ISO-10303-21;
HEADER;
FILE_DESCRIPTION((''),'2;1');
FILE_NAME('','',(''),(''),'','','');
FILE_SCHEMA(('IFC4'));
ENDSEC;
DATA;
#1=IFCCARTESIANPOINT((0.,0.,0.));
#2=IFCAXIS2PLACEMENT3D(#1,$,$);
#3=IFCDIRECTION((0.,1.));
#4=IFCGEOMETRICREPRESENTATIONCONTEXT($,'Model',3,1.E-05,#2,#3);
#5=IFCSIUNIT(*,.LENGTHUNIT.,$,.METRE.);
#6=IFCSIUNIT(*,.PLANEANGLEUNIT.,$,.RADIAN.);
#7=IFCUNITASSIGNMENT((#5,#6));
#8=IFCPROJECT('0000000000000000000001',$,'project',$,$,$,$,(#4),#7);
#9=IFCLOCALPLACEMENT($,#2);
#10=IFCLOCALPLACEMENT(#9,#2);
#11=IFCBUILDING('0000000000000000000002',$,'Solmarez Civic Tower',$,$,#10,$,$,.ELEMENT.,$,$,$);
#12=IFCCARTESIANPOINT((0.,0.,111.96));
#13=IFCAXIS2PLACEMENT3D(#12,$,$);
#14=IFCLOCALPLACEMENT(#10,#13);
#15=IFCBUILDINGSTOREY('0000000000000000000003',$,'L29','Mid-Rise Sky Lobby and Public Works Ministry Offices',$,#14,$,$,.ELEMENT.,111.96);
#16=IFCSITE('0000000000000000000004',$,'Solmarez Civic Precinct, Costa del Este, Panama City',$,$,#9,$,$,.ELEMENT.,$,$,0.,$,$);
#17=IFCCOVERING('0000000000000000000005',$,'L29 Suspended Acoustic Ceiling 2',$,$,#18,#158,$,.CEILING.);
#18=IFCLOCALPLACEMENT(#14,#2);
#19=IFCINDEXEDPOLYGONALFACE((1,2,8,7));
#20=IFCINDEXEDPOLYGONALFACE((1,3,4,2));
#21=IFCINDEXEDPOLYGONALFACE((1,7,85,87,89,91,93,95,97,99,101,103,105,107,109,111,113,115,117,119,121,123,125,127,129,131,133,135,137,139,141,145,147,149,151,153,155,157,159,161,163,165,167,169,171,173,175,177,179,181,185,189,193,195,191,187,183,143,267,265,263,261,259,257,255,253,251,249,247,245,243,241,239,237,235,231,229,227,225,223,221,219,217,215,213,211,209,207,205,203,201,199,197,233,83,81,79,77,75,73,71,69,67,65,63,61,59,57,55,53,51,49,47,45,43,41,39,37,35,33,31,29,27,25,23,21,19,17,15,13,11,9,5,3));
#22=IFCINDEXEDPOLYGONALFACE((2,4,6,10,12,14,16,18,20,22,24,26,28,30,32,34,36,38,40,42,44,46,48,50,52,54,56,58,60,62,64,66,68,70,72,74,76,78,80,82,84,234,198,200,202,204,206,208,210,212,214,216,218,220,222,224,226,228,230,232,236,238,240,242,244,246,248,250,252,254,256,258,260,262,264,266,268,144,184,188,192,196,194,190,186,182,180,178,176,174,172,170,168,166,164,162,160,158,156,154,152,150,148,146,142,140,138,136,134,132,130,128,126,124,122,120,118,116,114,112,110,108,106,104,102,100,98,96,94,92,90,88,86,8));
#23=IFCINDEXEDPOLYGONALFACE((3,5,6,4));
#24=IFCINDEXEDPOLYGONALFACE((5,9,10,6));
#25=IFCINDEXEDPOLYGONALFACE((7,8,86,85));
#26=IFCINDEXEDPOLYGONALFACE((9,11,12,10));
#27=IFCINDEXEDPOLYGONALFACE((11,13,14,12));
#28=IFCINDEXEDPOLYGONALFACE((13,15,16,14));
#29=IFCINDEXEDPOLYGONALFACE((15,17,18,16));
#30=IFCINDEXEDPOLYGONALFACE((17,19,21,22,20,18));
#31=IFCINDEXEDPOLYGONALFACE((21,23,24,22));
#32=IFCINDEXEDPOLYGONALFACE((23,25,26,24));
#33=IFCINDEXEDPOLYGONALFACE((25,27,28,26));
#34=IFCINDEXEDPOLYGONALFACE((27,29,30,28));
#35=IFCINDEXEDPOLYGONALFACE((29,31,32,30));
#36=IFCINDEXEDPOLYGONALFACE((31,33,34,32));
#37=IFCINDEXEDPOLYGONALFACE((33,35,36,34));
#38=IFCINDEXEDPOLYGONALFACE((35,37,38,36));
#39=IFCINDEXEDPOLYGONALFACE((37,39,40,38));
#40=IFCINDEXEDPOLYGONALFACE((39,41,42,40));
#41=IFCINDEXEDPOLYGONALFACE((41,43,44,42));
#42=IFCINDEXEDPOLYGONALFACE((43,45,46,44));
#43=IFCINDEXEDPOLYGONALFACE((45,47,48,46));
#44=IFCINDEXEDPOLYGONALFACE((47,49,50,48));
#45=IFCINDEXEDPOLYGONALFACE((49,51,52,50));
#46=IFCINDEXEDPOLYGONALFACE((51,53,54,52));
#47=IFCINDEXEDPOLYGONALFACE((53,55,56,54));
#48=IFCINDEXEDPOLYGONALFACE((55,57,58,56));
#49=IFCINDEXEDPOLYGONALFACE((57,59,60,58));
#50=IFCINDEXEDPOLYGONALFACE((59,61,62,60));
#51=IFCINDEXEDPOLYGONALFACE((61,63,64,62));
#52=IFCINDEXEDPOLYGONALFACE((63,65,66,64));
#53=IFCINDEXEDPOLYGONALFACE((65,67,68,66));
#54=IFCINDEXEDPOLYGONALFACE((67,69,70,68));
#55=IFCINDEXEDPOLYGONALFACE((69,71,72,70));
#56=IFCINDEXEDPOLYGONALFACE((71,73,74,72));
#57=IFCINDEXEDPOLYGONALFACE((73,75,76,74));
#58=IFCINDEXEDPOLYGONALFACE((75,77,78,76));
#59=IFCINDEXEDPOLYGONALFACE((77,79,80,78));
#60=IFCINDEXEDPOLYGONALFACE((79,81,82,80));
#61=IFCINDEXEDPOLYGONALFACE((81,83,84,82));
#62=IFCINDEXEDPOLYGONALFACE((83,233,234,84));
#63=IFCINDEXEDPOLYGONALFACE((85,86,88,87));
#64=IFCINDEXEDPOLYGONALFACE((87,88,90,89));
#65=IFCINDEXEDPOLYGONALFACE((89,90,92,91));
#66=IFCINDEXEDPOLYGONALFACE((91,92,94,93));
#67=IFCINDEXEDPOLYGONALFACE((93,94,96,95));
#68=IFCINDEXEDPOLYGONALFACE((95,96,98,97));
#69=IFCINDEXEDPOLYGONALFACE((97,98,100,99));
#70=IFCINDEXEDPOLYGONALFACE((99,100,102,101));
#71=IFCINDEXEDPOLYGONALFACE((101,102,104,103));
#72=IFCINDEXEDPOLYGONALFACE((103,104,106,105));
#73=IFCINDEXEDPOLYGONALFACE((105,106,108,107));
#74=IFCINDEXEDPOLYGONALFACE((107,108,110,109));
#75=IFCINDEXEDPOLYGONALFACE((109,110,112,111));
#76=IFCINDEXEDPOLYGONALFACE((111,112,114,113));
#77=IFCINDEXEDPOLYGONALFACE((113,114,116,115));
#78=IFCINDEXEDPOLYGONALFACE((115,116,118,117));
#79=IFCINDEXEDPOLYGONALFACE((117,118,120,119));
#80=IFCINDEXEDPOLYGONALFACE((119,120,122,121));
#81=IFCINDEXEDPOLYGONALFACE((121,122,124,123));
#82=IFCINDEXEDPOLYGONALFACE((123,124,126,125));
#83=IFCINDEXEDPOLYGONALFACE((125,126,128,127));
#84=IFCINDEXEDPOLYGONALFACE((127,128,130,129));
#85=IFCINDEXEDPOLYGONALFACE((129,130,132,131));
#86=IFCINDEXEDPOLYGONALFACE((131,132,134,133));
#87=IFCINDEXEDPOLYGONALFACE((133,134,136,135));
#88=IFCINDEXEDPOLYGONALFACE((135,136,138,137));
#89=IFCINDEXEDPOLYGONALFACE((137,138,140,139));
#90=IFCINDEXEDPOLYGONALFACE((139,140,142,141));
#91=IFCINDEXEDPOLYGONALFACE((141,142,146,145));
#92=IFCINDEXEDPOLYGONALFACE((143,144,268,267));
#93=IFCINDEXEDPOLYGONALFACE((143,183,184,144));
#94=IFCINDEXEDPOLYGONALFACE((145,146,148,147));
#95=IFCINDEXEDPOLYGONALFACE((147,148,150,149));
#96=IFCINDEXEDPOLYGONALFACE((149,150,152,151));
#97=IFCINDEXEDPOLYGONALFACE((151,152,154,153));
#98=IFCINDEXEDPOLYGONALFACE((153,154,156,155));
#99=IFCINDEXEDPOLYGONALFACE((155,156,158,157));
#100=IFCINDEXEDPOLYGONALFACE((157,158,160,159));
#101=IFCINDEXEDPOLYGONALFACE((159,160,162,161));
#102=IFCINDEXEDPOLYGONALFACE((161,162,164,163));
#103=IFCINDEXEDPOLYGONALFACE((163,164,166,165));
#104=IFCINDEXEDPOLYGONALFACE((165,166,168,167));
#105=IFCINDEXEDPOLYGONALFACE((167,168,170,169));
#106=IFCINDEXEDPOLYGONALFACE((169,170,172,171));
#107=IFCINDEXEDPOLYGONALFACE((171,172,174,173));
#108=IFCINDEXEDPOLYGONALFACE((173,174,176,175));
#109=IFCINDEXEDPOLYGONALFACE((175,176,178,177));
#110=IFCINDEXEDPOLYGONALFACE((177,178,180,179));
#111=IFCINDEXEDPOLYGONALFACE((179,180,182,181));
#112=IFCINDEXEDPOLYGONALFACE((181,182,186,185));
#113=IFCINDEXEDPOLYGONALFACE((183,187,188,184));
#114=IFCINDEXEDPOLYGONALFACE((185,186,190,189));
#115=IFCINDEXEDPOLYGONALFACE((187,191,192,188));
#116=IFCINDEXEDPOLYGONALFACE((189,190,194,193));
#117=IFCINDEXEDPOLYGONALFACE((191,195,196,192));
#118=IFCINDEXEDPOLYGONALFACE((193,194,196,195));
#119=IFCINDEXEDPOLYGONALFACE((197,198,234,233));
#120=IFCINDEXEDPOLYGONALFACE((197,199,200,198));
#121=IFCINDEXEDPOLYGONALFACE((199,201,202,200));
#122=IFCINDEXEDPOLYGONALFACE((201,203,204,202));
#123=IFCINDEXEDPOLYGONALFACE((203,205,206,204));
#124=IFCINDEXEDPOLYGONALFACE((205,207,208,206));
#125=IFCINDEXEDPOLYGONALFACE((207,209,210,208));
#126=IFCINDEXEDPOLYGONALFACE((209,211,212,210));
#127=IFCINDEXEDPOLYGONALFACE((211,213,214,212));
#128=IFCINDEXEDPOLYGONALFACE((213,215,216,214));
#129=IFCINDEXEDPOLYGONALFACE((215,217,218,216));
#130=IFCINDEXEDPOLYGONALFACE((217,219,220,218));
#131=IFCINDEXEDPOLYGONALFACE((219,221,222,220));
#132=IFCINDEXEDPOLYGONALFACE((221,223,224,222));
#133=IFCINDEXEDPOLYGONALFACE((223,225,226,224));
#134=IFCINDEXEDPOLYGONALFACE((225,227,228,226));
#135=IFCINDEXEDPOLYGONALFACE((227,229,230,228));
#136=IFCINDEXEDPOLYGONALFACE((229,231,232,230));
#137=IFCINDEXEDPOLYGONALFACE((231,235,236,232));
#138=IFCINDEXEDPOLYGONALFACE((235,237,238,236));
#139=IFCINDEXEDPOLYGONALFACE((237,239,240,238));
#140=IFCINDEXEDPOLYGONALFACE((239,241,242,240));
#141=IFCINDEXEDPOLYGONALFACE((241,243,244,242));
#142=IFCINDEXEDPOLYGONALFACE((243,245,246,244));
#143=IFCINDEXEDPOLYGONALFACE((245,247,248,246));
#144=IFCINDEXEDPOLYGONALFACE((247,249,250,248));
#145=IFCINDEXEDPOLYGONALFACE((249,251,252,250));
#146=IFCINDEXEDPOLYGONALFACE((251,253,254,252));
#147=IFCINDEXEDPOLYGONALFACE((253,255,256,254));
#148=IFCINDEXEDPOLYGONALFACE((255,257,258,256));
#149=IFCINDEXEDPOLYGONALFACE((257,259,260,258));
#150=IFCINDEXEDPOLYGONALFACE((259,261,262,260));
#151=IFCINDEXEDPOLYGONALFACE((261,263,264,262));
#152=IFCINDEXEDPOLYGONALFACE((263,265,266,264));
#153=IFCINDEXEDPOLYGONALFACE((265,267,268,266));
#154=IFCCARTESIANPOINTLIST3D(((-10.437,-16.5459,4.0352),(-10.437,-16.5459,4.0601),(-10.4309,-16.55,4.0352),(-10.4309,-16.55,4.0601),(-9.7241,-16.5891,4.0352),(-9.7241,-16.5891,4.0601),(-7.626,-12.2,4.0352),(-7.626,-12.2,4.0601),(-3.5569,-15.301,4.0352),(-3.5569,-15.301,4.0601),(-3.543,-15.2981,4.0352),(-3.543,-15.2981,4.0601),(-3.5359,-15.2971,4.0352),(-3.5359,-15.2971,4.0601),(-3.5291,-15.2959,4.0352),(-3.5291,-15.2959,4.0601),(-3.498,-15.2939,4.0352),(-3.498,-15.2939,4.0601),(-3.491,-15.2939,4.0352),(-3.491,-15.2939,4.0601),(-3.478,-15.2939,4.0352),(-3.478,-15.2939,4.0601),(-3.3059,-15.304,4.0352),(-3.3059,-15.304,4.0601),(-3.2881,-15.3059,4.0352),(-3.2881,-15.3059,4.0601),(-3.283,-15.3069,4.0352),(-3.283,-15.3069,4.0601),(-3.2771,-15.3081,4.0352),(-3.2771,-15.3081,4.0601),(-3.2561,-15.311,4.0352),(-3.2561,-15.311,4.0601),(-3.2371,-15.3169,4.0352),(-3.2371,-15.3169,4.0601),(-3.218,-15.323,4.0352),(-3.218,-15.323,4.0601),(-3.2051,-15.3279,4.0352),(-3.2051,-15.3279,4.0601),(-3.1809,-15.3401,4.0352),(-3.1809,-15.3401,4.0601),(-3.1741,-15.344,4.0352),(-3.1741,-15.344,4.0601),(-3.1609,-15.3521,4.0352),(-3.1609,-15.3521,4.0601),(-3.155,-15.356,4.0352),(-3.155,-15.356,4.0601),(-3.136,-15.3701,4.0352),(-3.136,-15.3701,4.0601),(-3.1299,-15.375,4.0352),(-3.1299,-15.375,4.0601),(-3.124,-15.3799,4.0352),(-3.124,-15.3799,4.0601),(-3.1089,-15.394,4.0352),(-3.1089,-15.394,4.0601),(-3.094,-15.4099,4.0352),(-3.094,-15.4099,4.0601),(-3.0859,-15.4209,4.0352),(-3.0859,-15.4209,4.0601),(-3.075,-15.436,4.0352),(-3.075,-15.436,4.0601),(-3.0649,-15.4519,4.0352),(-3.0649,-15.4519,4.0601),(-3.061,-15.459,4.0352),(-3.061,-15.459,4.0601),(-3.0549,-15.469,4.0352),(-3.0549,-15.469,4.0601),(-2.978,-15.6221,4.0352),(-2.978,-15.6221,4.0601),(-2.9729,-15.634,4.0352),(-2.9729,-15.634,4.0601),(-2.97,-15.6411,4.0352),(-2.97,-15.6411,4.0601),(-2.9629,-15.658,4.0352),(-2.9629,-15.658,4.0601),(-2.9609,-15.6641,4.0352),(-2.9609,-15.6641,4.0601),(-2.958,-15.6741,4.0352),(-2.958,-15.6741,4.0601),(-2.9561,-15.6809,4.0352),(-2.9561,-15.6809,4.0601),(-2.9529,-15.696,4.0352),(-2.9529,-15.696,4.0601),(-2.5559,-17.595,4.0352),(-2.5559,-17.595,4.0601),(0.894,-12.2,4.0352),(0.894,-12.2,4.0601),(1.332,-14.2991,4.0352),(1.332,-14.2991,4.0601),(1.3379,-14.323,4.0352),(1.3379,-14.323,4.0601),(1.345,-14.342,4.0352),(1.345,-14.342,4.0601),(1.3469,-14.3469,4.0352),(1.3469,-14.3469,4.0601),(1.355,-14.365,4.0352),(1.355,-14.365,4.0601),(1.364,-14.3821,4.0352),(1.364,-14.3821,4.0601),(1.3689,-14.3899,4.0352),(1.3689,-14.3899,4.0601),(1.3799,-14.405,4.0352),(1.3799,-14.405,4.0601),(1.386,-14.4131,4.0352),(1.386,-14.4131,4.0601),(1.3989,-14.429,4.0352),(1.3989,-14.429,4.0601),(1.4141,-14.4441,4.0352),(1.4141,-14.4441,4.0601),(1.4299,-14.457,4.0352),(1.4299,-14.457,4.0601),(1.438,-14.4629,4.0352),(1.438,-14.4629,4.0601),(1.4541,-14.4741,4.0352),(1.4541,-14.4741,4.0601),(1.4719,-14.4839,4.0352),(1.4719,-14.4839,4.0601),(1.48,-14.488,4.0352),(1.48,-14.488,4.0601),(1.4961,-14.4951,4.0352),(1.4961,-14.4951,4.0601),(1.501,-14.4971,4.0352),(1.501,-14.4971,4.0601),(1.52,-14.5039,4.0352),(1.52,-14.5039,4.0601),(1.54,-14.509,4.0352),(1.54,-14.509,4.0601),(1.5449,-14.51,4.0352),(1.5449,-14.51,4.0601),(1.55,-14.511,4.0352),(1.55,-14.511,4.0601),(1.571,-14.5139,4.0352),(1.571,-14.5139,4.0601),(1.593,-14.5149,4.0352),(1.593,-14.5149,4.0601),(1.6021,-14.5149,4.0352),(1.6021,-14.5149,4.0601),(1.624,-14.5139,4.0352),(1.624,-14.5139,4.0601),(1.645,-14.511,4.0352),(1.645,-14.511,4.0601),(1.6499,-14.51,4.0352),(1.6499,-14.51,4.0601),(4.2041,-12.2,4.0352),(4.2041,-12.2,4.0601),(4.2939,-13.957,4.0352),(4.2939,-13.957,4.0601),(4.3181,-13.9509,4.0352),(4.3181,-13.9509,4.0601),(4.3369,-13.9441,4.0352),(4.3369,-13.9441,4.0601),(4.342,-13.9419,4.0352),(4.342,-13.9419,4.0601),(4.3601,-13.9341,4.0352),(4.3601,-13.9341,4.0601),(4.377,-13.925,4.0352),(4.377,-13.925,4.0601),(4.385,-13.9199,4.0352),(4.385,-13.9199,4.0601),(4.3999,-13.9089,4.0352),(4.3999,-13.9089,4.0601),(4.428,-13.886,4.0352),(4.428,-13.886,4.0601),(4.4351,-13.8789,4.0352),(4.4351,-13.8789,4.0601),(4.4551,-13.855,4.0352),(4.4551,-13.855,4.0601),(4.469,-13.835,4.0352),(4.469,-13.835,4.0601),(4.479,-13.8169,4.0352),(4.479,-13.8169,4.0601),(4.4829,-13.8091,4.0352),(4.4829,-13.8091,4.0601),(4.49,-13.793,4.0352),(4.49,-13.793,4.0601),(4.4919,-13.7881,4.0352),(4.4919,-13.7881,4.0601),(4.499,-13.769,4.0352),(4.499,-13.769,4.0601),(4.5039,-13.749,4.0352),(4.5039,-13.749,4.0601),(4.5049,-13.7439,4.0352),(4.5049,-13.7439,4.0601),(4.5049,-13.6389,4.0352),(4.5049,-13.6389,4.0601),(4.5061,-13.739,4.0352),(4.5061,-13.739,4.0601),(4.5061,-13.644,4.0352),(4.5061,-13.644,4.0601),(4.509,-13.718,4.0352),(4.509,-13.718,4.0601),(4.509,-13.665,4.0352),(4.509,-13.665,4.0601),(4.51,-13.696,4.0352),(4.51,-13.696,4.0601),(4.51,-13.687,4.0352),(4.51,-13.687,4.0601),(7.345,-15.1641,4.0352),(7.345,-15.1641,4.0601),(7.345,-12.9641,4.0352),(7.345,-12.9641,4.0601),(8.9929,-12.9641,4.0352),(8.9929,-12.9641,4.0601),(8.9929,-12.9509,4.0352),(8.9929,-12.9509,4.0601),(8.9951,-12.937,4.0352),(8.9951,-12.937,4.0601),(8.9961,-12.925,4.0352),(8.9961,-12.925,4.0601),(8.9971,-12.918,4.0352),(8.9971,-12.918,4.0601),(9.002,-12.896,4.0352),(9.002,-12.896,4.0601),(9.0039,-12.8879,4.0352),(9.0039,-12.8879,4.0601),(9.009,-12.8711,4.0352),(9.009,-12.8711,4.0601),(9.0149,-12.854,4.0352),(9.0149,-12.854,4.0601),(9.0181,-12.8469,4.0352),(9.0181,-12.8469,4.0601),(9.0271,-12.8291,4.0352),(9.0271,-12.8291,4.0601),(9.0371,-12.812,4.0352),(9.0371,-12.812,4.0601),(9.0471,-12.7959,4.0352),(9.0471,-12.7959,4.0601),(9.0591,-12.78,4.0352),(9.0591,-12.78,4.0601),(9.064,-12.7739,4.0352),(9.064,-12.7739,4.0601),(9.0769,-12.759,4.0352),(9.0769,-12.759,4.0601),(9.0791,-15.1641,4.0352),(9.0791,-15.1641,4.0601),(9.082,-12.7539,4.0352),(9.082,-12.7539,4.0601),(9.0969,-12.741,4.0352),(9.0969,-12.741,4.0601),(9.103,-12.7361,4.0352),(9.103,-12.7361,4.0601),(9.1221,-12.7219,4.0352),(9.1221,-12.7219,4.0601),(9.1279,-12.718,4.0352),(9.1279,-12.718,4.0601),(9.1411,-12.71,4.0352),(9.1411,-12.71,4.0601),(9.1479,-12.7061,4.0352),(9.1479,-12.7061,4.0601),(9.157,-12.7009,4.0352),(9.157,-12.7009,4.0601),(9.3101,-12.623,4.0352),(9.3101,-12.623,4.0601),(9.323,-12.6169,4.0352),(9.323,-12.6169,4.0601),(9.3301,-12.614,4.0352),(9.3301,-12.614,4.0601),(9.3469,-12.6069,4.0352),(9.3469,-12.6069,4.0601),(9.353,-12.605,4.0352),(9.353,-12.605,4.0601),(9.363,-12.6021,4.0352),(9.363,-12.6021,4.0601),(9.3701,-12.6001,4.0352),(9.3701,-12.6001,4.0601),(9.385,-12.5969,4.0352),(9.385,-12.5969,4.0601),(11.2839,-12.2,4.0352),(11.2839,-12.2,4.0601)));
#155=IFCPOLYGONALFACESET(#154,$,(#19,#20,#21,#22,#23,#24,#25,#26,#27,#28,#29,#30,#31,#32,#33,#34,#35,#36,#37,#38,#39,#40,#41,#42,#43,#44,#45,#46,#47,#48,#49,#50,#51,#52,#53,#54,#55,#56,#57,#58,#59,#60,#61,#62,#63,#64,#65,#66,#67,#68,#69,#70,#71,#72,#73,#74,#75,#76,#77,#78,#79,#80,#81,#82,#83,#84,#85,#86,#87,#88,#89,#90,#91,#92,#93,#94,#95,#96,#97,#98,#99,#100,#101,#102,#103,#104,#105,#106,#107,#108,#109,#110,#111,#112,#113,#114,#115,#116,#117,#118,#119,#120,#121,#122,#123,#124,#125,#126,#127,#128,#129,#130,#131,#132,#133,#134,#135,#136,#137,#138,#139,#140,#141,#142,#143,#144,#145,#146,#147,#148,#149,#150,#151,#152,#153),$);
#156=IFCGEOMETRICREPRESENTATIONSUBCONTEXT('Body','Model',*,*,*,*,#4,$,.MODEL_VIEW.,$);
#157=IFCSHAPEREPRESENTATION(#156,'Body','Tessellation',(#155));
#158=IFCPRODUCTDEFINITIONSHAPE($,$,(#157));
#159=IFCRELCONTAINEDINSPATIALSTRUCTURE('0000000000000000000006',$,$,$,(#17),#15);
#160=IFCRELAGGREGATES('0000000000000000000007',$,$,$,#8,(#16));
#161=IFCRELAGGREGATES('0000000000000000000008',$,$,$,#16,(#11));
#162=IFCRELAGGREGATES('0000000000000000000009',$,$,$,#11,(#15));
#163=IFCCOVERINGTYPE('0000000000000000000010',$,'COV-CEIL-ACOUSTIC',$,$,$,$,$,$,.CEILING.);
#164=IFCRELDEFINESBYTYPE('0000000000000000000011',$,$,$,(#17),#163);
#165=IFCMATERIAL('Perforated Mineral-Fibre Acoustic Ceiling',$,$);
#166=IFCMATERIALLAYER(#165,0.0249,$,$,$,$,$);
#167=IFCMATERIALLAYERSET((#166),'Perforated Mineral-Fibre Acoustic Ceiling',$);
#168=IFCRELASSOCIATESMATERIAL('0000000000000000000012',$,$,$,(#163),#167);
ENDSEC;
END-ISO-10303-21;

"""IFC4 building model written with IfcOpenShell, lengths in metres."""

from ifc_helpers import new_model, si_unit, direction, frame, origin, place, context, subcontext, project, spatial, polyline, outline, extrude, material, layer, layer_set, type_object, element, save


model = new_model("IFC4")

# Units and contexts
model_context = context("Model", 3, precision=1e-05, world=origin(), true_north=direction((0.0, 1.0)))
body_context = subcontext(model_context, "Body", "Model", "MODEL_VIEW")
ifc_project = project(units=[si_unit("LENGTHUNIT", "METRE"), si_unit("PLANEANGLEUNIT", "RADIAN")], contexts=[model_context])

# Site, building, storey
site_placement = place(None, origin())
site = spatial("IfcSite", under=ifc_project, at=site_placement, Name="Solmarez Civic Precinct, Costa del Este, Panama City", CompositionType="ELEMENT", RefElevation=0.0)
building_placement = place(site_placement, origin())
building = spatial("IfcBuilding", under=site, at=building_placement, Name="Solmarez Civic Tower", CompositionType="ELEMENT")
storey_placement = place(building_placement, frame((0.0, 0.0, 111.96)))
storey = spatial("IfcBuildingStorey", under=building, at=storey_placement, Name="L29", Description="Mid-Rise Sky Lobby and Public Works Ministry Offices", CompositionType="ELEMENT", Elevation=111.96)

# Covering
ifc_material_1 = material(Name="Perforated Mineral-Fibre Acoustic Ceiling")
ifc_layer_1 = layer(ifc_material_1, 0.0249)
ifc_layer_set_1 = layer_set([ifc_layer_1], Name="Perforated Mineral-Fibre Acoustic Ceiling")
covering_type_1 = type_object("IfcCoveringType", Name="COV-CEIL-ACOUSTIC", PredefinedType="CEILING", material=ifc_layer_set_1)
covering_1_placement = place(storey_placement, frame((0.0, 0.0, 4.0352)))
element("IfcCovering", 1, at=covering_1_placement, inside=storey, type_object=covering_type_1, Name="L29 Suspended Acoustic Ceiling 2", PredefinedType="CEILING", context=body_context, shape_type="SweptSolid", body=[
    extrude(outline(polyline([(0.894, -12.2), (-7.626, -12.2), (-10.437, -16.5459), (-10.4309, -16.55), (-9.7241, -16.5891), (-3.5569, -15.301), (-3.543, -15.2981), (-3.5359, -15.2971), (-3.5291, -15.2959), (-3.498, -15.2939), (-3.491, -15.2939), (-3.478, -15.2939), (-3.3059, -15.304), (-3.2881, -15.3059), (-3.283, -15.3069), (-3.2771, -15.3081), (-3.2561, -15.311), (-3.2371, -15.3169), (-3.218, -15.323), (-3.2051, -15.3279), (-3.1809, -15.3401), (-3.1741, -15.344), (-3.1609, -15.3521), (-3.155, -15.356), (-3.136, -15.3701), (-3.1299, -15.375), (-3.124, -15.3799), (-3.1089, -15.394), (-3.094, -15.4099), (-3.0859, -15.4209), (-3.075, -15.436), (-3.0649, -15.4519), (-3.061, -15.459), (-3.0549, -15.469), (-2.978, -15.6221), (-2.9729, -15.634), (-2.97, -15.6411), (-2.9629, -15.658), (-2.9609, -15.6641), (-2.958, -15.6741), (-2.9561, -15.6809), (-2.9529, -15.696), (-2.5559, -17.595), (9.0791, -15.1641), (7.345, -15.1641), (7.345, -12.9641), (8.9929, -12.9641), (8.9929, -12.9509), (8.9951, -12.937), (8.9961, -12.925), (8.9971, -12.918), (9.002, -12.896), (9.0039, -12.8879), (9.009, -12.8711), (9.0149, -12.854), (9.0181, -12.8469), (9.0271, -12.8291), (9.0371, -12.812), (9.0471, -12.7959), (9.0591, -12.78), (9.064, -12.7739), (9.0769, -12.759), (9.082, -12.7539), (9.0969, -12.741), (9.103, -12.7361), (9.1221, -12.7219), (9.1279, -12.718), (9.1411, -12.71), (9.1479, -12.7061), (9.157, -12.7009), (9.3101, -12.623), (9.323, -12.6169), (9.3301, -12.614), (9.3469, -12.6069), (9.353, -12.605), (9.363, -12.6021), (9.3701, -12.6001), (9.385, -12.5969), (11.2839, -12.2), (4.2041, -12.2), (4.5049, -13.6389), (4.5061, -13.644), (4.509, -13.665), (4.51, -13.687), (4.51, -13.696), (4.509, -13.718), (4.5061, -13.739), (4.5049, -13.7439), (4.5039, -13.749), (4.499, -13.769), (4.4919, -13.7881), (4.49, -13.793), (4.4829, -13.8091), (4.479, -13.8169), (4.469, -13.835), (4.4551, -13.855), (4.4351, -13.8789), (4.428, -13.886), (4.3999, -13.9089), (4.385, -13.9199), (4.377, -13.925), (4.3601, -13.9341), (4.342, -13.9419), (4.3369, -13.9441), (4.3181, -13.9509), (4.2939, -13.957), (1.6499, -14.51), (1.645, -14.511), (1.624, -14.5139), (1.6021, -14.5149), (1.593, -14.5149), (1.571, -14.5139), (1.55, -14.511), (1.5449, -14.51), (1.54, -14.509), (1.52, -14.5039), (1.501, -14.4971), (1.4961, -14.4951), (1.48, -14.488), (1.4719, -14.4839), (1.4541, -14.4741), (1.438, -14.4629), (1.4299, -14.457), (1.4141, -14.4441), (1.3989, -14.429), (1.386, -14.4131), (1.3799, -14.405), (1.3689, -14.3899), (1.364, -14.3821), (1.355, -14.365), (1.3469, -14.3469), (1.345, -14.342), (1.3379, -14.323), (1.332, -14.2991), (0.894, -12.2)])), origin(), (0.0, 0.0, 1.0), 0.0249),
])

save(model, "model.ifc")
